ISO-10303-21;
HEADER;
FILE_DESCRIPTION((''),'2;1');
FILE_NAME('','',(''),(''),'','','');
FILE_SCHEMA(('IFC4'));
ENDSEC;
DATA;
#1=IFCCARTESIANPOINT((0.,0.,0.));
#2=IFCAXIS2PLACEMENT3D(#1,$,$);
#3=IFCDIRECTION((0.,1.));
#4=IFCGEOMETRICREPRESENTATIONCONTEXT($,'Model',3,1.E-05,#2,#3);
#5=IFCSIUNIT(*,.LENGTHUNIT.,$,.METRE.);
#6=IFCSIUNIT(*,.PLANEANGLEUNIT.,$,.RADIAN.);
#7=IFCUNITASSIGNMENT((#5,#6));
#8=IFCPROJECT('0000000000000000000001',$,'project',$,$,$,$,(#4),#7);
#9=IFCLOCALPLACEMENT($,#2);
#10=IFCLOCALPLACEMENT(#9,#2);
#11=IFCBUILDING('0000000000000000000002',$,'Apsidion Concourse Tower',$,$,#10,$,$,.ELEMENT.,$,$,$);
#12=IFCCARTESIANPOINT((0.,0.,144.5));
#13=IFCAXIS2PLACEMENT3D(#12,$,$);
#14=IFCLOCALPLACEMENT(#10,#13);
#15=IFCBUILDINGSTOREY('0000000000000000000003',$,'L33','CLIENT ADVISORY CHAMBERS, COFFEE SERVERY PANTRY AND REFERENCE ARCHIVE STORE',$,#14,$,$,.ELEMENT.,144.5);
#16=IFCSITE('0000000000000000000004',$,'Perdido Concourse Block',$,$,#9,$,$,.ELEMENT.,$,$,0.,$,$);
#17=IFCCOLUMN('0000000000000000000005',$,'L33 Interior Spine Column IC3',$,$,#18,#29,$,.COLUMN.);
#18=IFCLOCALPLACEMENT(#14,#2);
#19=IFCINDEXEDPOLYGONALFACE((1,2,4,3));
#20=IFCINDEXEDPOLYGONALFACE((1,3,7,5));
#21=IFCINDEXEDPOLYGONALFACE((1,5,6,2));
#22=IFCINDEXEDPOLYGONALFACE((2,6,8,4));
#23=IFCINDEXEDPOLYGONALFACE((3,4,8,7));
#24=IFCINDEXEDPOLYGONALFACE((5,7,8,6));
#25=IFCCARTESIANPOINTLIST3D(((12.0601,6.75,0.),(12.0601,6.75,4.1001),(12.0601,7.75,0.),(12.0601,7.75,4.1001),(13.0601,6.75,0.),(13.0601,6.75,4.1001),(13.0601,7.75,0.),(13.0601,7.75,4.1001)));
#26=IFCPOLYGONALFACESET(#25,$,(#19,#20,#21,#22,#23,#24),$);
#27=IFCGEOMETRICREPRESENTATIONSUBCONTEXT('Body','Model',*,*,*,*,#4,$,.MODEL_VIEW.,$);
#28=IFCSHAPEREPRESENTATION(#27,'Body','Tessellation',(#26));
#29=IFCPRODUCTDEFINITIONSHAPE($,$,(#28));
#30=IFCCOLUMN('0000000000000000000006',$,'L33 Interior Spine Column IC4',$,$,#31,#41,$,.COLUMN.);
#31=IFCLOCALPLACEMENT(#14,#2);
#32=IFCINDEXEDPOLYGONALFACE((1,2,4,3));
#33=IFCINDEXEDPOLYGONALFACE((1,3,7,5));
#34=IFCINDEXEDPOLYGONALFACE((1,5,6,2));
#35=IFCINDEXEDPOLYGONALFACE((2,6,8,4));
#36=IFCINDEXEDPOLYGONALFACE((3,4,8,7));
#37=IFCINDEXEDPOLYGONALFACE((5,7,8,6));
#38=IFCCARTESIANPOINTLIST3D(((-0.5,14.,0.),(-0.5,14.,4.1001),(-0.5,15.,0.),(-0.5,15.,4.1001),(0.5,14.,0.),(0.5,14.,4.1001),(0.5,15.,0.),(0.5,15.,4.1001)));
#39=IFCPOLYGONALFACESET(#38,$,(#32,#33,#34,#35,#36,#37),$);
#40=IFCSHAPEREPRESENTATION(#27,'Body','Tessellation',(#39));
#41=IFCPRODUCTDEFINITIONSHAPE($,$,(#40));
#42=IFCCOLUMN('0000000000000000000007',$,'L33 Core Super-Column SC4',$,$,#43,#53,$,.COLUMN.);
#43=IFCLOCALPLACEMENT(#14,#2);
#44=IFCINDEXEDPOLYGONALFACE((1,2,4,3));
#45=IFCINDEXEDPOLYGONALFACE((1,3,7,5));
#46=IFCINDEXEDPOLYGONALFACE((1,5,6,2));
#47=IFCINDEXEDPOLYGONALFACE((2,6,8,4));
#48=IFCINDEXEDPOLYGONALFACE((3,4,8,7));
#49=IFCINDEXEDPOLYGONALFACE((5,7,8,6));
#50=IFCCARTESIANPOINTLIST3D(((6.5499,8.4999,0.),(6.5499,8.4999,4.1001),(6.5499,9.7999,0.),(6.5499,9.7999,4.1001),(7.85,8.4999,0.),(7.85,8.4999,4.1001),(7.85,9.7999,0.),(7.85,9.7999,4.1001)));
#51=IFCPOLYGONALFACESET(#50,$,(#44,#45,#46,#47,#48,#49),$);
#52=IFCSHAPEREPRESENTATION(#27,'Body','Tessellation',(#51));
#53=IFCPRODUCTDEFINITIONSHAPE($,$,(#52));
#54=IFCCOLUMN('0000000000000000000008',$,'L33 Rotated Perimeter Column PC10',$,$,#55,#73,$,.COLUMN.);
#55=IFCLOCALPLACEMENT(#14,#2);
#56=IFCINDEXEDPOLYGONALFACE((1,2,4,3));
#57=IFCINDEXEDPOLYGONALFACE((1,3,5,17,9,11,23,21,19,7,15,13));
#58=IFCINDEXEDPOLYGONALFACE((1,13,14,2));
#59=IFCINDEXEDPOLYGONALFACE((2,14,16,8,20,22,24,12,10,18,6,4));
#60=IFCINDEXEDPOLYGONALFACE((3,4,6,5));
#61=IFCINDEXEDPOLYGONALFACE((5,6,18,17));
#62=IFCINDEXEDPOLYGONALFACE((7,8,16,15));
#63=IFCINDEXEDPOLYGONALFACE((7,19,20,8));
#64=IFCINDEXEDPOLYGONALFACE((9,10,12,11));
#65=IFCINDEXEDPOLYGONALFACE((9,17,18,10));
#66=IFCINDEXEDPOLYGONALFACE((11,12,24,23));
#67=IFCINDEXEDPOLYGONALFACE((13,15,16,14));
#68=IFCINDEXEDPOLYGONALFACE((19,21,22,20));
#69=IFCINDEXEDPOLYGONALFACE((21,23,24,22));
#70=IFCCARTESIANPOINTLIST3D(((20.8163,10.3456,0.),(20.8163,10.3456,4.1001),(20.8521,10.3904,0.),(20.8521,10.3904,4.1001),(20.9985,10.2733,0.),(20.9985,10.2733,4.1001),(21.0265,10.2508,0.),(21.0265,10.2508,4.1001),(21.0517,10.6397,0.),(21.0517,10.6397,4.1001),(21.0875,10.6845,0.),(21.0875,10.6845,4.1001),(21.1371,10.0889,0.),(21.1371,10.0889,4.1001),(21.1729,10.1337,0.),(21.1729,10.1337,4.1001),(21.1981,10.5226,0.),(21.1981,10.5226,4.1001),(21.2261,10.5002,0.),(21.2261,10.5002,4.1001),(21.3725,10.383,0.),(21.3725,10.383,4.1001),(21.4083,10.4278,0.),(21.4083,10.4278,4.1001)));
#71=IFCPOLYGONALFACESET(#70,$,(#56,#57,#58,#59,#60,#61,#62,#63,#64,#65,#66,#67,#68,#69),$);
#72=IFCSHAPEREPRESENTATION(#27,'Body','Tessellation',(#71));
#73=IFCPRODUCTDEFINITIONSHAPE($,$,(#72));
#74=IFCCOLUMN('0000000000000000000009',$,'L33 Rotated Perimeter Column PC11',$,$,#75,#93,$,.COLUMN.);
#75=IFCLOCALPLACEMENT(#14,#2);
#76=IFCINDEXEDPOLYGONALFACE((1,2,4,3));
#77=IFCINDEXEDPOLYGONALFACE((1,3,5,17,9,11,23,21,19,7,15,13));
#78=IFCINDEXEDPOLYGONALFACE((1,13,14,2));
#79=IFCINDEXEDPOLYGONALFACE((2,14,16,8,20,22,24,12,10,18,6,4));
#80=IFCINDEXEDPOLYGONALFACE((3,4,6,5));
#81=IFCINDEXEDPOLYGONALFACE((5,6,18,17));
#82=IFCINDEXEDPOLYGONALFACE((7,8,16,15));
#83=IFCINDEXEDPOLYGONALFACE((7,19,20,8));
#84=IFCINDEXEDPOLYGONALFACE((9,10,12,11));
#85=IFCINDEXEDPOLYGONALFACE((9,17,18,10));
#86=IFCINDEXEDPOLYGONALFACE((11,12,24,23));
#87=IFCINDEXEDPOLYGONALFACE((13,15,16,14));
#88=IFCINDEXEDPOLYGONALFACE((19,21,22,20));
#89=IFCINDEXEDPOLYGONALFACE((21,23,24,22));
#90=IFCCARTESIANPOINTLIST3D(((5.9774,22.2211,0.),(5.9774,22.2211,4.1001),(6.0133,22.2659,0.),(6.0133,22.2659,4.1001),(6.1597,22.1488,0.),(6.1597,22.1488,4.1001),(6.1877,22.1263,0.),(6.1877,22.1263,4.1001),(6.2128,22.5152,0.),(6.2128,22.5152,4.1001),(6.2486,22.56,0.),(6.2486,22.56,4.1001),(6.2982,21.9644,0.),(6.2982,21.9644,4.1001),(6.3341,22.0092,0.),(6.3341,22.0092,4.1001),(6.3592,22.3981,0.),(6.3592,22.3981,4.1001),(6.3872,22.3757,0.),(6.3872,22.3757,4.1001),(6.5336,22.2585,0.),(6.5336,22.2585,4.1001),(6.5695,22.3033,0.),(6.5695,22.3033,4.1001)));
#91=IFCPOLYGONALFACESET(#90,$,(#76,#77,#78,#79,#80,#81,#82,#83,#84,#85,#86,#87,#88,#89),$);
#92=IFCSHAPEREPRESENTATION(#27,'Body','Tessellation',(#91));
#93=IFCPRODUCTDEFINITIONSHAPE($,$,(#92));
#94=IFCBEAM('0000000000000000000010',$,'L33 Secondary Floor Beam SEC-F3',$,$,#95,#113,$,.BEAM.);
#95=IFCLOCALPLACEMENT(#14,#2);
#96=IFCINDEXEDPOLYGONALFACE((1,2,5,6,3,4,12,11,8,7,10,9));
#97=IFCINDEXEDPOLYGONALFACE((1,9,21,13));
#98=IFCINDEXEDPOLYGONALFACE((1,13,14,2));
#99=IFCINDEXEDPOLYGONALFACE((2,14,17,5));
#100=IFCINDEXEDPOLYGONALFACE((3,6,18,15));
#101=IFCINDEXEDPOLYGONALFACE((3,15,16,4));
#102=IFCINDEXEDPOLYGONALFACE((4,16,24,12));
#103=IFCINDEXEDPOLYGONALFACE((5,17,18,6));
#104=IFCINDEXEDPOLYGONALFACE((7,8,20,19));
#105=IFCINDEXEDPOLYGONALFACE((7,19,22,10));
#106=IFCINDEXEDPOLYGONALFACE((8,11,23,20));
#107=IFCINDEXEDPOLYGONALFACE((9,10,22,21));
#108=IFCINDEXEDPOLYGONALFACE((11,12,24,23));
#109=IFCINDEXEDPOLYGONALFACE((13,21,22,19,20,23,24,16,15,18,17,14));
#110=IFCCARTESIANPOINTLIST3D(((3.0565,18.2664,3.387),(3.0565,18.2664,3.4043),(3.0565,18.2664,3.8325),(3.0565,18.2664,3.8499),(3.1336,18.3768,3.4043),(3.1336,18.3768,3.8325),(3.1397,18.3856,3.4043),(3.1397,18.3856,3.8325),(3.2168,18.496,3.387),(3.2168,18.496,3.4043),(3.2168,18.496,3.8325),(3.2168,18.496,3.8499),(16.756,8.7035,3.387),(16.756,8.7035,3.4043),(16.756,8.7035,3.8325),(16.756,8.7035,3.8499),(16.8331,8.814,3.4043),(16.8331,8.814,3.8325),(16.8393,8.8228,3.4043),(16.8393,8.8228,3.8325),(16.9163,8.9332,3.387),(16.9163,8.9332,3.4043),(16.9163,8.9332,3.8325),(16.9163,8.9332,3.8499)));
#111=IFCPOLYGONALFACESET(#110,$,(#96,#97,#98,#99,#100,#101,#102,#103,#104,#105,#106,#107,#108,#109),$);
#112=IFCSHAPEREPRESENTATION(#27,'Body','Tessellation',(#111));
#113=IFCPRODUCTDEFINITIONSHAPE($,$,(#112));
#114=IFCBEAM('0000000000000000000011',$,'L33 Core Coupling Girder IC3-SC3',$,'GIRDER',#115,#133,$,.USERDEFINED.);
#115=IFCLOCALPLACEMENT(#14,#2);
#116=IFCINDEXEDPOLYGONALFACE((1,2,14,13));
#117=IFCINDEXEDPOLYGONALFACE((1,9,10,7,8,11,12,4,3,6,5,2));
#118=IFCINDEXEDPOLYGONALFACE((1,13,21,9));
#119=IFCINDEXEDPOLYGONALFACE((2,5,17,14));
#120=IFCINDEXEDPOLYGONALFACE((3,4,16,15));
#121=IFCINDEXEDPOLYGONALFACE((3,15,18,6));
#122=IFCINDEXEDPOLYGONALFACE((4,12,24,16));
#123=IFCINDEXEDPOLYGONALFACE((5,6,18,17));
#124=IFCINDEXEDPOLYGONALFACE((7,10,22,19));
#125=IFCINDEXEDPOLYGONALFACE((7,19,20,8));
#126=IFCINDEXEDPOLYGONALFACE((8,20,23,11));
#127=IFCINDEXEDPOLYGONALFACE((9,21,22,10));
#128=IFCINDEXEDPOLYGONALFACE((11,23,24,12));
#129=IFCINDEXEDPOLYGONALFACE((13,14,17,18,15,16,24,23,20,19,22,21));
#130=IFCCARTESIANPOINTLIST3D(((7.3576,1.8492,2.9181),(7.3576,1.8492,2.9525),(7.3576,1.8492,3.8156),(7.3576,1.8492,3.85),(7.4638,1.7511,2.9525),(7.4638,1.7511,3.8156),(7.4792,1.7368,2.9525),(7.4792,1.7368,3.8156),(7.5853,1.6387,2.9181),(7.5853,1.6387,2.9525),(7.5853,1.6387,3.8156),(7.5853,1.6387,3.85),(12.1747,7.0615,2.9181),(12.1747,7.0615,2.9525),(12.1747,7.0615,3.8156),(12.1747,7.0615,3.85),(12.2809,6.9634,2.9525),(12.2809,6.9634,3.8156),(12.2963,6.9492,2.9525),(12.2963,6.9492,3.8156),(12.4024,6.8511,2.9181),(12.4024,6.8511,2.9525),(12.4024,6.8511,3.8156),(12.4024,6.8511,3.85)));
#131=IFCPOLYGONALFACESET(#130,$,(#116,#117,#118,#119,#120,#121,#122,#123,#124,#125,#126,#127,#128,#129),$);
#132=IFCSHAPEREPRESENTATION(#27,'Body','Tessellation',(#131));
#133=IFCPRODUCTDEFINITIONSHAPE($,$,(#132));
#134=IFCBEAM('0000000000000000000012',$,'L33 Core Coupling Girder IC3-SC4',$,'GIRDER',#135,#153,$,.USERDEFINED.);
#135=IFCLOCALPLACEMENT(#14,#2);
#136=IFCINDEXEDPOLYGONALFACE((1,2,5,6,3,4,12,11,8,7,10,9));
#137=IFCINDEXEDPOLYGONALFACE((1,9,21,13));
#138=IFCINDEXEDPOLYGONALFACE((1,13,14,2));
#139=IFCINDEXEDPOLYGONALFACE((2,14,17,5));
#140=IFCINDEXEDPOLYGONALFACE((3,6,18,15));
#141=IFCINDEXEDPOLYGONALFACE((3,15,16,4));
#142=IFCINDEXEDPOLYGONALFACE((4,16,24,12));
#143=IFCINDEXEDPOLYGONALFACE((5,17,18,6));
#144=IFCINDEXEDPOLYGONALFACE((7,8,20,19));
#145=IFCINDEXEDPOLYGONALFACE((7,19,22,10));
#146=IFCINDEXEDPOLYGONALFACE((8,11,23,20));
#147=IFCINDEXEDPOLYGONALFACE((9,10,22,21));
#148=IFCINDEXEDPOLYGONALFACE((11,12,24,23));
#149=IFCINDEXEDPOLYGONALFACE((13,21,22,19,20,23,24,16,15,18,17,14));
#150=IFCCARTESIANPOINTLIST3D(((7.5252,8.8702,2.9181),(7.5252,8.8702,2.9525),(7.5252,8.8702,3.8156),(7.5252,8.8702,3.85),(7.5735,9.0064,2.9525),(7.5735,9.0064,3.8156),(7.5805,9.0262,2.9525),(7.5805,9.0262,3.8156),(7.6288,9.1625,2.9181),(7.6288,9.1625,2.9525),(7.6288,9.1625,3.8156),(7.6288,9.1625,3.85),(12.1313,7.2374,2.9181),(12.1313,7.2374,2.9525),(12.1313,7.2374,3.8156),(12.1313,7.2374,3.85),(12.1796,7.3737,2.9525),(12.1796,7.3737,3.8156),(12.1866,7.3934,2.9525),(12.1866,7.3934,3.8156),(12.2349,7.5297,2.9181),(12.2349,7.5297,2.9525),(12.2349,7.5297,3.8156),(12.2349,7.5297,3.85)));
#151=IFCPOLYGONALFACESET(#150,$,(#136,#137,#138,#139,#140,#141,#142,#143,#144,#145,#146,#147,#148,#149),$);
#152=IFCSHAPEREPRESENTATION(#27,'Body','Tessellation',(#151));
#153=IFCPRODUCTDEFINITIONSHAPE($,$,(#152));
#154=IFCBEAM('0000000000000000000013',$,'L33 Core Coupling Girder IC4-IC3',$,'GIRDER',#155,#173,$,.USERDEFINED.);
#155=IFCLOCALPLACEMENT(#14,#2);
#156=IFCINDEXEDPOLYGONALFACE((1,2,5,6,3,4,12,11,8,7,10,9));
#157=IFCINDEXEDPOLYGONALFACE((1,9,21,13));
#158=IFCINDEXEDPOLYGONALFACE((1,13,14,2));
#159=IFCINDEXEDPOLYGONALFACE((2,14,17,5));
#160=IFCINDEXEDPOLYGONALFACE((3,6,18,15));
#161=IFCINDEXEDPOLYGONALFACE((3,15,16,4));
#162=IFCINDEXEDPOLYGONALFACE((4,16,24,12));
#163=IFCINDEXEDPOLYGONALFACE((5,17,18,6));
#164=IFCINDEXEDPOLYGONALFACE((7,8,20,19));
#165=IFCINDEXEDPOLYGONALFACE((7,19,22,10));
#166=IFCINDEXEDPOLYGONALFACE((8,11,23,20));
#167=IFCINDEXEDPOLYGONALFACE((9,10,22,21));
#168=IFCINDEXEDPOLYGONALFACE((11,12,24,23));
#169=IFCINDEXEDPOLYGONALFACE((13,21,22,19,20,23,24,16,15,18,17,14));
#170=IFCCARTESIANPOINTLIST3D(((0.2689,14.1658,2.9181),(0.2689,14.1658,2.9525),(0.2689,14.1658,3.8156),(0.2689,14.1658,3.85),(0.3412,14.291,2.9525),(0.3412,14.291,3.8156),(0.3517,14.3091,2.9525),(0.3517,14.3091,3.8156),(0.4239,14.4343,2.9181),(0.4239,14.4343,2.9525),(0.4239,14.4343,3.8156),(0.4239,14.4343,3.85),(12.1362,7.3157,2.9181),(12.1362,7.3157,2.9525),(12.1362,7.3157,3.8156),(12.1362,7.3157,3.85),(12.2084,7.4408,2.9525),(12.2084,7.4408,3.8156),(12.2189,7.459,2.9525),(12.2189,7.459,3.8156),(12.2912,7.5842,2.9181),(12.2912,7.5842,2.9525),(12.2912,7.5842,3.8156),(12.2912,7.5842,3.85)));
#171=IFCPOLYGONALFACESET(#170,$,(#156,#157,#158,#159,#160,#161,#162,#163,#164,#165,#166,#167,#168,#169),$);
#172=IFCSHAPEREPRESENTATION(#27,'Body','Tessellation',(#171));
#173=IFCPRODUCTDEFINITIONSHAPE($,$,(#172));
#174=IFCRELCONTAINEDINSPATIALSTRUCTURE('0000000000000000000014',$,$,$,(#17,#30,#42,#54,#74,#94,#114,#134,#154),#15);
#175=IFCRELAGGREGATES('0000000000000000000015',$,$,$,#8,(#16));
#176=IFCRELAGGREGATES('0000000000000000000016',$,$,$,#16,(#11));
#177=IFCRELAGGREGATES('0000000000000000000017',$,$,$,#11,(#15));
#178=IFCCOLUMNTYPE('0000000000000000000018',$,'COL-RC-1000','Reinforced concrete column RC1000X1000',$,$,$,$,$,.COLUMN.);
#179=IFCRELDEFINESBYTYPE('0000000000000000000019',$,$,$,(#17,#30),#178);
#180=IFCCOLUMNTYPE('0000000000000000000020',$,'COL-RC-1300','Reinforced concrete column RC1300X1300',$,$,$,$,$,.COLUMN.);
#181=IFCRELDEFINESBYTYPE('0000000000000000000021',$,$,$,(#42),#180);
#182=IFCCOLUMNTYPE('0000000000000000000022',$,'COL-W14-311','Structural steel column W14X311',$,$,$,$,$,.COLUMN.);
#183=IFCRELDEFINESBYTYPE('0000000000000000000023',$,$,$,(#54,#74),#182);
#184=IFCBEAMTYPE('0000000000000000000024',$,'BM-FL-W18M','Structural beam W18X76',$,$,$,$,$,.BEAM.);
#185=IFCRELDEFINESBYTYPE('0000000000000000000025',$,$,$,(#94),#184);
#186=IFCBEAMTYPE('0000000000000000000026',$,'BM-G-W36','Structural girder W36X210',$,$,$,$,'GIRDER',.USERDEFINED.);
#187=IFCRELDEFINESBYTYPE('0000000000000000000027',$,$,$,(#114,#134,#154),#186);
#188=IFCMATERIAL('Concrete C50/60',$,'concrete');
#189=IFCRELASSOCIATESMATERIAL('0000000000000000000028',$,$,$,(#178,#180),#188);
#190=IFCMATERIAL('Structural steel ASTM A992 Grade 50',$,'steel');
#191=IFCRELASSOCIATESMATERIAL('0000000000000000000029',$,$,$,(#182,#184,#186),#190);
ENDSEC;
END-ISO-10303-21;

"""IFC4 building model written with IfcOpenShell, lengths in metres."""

from ifc_helpers import new_model, si_unit, direction, frame, origin, origin_2d, place, context, subcontext, project, spatial, rectangle, i_section, extrude, material, material_profile, profile_set, type_object, element, save


model = new_model("IFC4")

# Units and contexts
model_context = context("Model", 3, precision=1e-05, world=origin(), true_north=direction((0.0, 1.0)))
body_context = subcontext(model_context, "Body", "Model", "MODEL_VIEW")
ifc_project = project(units=[si_unit("LENGTHUNIT", "METRE"), si_unit("PLANEANGLEUNIT", "RADIAN")], contexts=[model_context])

# Site, building, storey
site_placement = place(None, origin())
site = spatial("IfcSite", under=ifc_project, at=site_placement, Name="Perdido Concourse Block", CompositionType="ELEMENT", RefElevation=0.0)
building_placement = place(site_placement, origin())
building = spatial("IfcBuilding", under=site, at=building_placement, Name="Apsidion Concourse Tower", CompositionType="ELEMENT")
storey_placement = place(building_placement, frame((0.0, 0.0, 144.5)))
storey = spatial("IfcBuildingStorey", under=building, at=storey_placement, Name="L33", Description="CLIENT ADVISORY CHAMBERS, COFFEE SERVERY PANTRY AND REFERENCE ARCHIVE STORE", CompositionType="ELEMENT", Elevation=144.5)

# Columns
ifc_material_1 = material(Name="Concrete C50/60", Category="concrete")
ifc_material_profile_1 = material_profile(ifc_material_1, rectangle(XDim=1.0, YDim=1.0, at=origin_2d()), Name="RC 1000x1000")
ifc_profile_set_1 = profile_set([ifc_material_profile_1], Name="Concrete C50/60")
column_type_1 = type_object("IfcColumnType", Name="COL-RC-1000", Description="Reinforced concrete column RC1000X1000", PredefinedType="COLUMN", material=ifc_profile_set_1)
for number, where, z_axis, x_axis, name in (
    (1, (12.5601, 7.25, 0.0), (0.0, 0.0, 1.0), (1.0, 0.0, 0.0), "L33 Interior Spine Column IC3"),
    (2, (0.0, 14.5, 0.0), (0.0, 0.0, 1.0), (1.0, 0.0, 0.0), "L33 Interior Spine Column IC4"),
):
    element("IfcColumn", number, at=place(storey_placement, frame(where, z_axis=z_axis, x_axis=x_axis)), inside=storey, type_object=column_type_1, Name=name, PredefinedType="COLUMN", context=body_context, shape_type="SweptSolid", body=[
        extrude(rectangle(XDim=1.0, YDim=1.0, at=origin_2d()), origin(), (0.0, 0.0, 1.0), 4.1001),
    ])
ifc_material_profile_2 = material_profile(ifc_material_1, rectangle(XDim=1.3, YDim=1.3, at=origin_2d()), Name="RC 1300x1300")
ifc_profile_set_2 = profile_set([ifc_material_profile_2], Name="Concrete C50/60")
column_type_2 = type_object("IfcColumnType", Name="COL-RC-1300", Description="Reinforced concrete column RC1300X1300", PredefinedType="COLUMN", material=ifc_profile_set_2)
column_placement = place(storey_placement, frame((7.2, 9.1499, 0.0), z_axis=(0.0, 0.0, 1.0), x_axis=(1.0, 0.0, 0.0)))
element("IfcColumn", 3, at=column_placement, inside=storey, type_object=column_type_2, Name="L33 Core Super-Column SC4", PredefinedType="COLUMN", context=body_context, shape_type="SweptSolid", body=[
    extrude(rectangle(XDim=1.3, YDim=1.3, at=origin_2d()), origin(), (0.0, 0.0, 1.0), 4.1001),
])
ifc_material_2 = material(Name="Structural steel ASTM A992 Grade 50", Category="steel")
ifc_material_profile_3 = material_profile(ifc_material_2, i_section(OverallWidth=0.4109, OverallDepth=0.4341, WebThickness=0.0359, FlangeThickness=0.0574, at=origin_2d()), Name="W14X311")
ifc_profile_set_3 = profile_set([ifc_material_profile_3], Name="Structural steel ASTM A992 Grade 50")
column_type_3 = type_object("IfcColumnType", Name="COL-W14-311", Description="Structural steel column W14X311", PredefinedType="COLUMN", material=ifc_profile_set_3)
for number, where, z_axis, x_axis, name in (
    (4, (21.1123, 10.3867, 0.0), (0.0, 0.0, 1.0), (-0.780758, 0.624834, 0.0), "L33 Rotated Perimeter Column PC10"),
    (5, (6.2734, 22.2622, 0.0), (0.0, 0.0, 1.0), (-0.780758, 0.624834, 0.0), "L33 Rotated Perimeter Column PC11"),
):
    element("IfcColumn", number, at=place(storey_placement, frame(where, z_axis=z_axis, x_axis=x_axis)), inside=storey, type_object=column_type_3, Name=name, PredefinedType="COLUMN", context=body_context, shape_type="SweptSolid", body=[
        extrude(i_section(OverallWidth=0.4109, OverallDepth=0.4341, WebThickness=0.0359, FlangeThickness=0.0574, at=origin_2d()), origin(), (0.0, 0.0, 1.0), 4.1001),
    ])

# Beams
ifc_material_profile_4 = material_profile(ifc_material_2, i_section(OverallWidth=0.28, OverallDepth=0.4629, WebThickness=0.0107, FlangeThickness=0.0173, at=origin_2d()), Name="W18X76")
ifc_profile_set_4 = profile_set([ifc_material_profile_4], Name="Structural steel ASTM A992 Grade 50")
beam_type_1 = type_object("IfcBeamType", Name="BM-FL-W18M", Description="Structural beam W18X76", PredefinedType="BEAM", material=ifc_profile_set_4)
beam_1_placement = place(storey_placement, frame((16.8362, 8.8184, 3.6184), z_axis=(-0.819987, 0.572382, 0.0), x_axis=(-0.572382, -0.819987, 0.0)))
element("IfcBeam", 6, at=beam_1_placement, inside=storey, type_object=beam_type_1, Name="L33 Secondary Floor Beam SEC-F3", PredefinedType="BEAM", context=body_context, shape_type="SweptSolid", body=[
    extrude(i_section(OverallWidth=0.28, OverallDepth=0.4629, WebThickness=0.0107, FlangeThickness=0.0173, at=origin_2d()), origin(), (0.0, 0.0, 1.0), 16.707),
])
ifc_material_profile_5 = material_profile(ifc_material_2, i_section(OverallWidth=0.3101, OverallDepth=0.9319, WebThickness=0.021, FlangeThickness=0.0344, at=origin_2d()), Name="W36X210")
ifc_profile_set_5 = profile_set([ifc_material_profile_5], Name="Structural steel ASTM A992 Grade 50")
beam_type_2 = type_object("IfcBeamType", Name="BM-G-W36", Description="Structural girder W36X210", ElementType="GIRDER", PredefinedType="USERDEFINED", material=ifc_profile_set_5)
beam_2_placement = place(storey_placement, frame((12.2886, 6.9563, 3.384), z_axis=(-0.678713, -0.734404, 0.0), x_axis=(0.734404, -0.678713, 0.0)))
element("IfcBeam", 7, at=beam_2_placement, inside=storey, type_object=beam_type_2, Name="L33 Core Coupling Girder IC3-SC3", ObjectType="GIRDER", PredefinedType="USERDEFINED", context=body_context, shape_type="SweptSolid", body=[
    extrude(i_section(OverallWidth=0.3101, OverallDepth=0.9319, WebThickness=0.021, FlangeThickness=0.0344, at=origin_2d()), origin(), (0.0, 0.0, 1.0), 7.0974),
])
beam_3_placement = place(storey_placement, frame((12.1831, 7.3835, 3.384), z_axis=(-0.942534, 0.334111, 0.0), x_axis=(-0.334111, -0.942534, 0.0)))
element("IfcBeam", 8, at=beam_3_placement, inside=storey, type_object=beam_type_2, Name="L33 Core Coupling Girder IC3-SC4", ObjectType="GIRDER", PredefinedType="USERDEFINED", context=body_context, shape_type="SweptSolid", body=[
    extrude(i_section(OverallWidth=0.3101, OverallDepth=0.9319, WebThickness=0.021, FlangeThickness=0.0344, at=origin_2d()), origin(), (0.0, 0.0, 1.0), 4.887),
])
beam_4_placement = place(storey_placement, frame((0.3464, 14.3, 3.384), z_axis=(0.86607, -0.499922, 0.0), x_axis=(0.499922, 0.86607, 0.0)))
element("IfcBeam", 9, at=beam_4_placement, inside=storey, type_object=beam_type_2, Name="L33 Core Coupling Girder IC4-IC3", ObjectType="GIRDER", PredefinedType="USERDEFINED", context=body_context, shape_type="SweptSolid", body=[
    extrude(i_section(OverallWidth=0.3101, OverallDepth=0.9319, WebThickness=0.021, FlangeThickness=0.0344, at=origin_2d()), origin(), (0.0, 0.0, 1.0), 13.7024),
])

save(model, "model.ifc")
